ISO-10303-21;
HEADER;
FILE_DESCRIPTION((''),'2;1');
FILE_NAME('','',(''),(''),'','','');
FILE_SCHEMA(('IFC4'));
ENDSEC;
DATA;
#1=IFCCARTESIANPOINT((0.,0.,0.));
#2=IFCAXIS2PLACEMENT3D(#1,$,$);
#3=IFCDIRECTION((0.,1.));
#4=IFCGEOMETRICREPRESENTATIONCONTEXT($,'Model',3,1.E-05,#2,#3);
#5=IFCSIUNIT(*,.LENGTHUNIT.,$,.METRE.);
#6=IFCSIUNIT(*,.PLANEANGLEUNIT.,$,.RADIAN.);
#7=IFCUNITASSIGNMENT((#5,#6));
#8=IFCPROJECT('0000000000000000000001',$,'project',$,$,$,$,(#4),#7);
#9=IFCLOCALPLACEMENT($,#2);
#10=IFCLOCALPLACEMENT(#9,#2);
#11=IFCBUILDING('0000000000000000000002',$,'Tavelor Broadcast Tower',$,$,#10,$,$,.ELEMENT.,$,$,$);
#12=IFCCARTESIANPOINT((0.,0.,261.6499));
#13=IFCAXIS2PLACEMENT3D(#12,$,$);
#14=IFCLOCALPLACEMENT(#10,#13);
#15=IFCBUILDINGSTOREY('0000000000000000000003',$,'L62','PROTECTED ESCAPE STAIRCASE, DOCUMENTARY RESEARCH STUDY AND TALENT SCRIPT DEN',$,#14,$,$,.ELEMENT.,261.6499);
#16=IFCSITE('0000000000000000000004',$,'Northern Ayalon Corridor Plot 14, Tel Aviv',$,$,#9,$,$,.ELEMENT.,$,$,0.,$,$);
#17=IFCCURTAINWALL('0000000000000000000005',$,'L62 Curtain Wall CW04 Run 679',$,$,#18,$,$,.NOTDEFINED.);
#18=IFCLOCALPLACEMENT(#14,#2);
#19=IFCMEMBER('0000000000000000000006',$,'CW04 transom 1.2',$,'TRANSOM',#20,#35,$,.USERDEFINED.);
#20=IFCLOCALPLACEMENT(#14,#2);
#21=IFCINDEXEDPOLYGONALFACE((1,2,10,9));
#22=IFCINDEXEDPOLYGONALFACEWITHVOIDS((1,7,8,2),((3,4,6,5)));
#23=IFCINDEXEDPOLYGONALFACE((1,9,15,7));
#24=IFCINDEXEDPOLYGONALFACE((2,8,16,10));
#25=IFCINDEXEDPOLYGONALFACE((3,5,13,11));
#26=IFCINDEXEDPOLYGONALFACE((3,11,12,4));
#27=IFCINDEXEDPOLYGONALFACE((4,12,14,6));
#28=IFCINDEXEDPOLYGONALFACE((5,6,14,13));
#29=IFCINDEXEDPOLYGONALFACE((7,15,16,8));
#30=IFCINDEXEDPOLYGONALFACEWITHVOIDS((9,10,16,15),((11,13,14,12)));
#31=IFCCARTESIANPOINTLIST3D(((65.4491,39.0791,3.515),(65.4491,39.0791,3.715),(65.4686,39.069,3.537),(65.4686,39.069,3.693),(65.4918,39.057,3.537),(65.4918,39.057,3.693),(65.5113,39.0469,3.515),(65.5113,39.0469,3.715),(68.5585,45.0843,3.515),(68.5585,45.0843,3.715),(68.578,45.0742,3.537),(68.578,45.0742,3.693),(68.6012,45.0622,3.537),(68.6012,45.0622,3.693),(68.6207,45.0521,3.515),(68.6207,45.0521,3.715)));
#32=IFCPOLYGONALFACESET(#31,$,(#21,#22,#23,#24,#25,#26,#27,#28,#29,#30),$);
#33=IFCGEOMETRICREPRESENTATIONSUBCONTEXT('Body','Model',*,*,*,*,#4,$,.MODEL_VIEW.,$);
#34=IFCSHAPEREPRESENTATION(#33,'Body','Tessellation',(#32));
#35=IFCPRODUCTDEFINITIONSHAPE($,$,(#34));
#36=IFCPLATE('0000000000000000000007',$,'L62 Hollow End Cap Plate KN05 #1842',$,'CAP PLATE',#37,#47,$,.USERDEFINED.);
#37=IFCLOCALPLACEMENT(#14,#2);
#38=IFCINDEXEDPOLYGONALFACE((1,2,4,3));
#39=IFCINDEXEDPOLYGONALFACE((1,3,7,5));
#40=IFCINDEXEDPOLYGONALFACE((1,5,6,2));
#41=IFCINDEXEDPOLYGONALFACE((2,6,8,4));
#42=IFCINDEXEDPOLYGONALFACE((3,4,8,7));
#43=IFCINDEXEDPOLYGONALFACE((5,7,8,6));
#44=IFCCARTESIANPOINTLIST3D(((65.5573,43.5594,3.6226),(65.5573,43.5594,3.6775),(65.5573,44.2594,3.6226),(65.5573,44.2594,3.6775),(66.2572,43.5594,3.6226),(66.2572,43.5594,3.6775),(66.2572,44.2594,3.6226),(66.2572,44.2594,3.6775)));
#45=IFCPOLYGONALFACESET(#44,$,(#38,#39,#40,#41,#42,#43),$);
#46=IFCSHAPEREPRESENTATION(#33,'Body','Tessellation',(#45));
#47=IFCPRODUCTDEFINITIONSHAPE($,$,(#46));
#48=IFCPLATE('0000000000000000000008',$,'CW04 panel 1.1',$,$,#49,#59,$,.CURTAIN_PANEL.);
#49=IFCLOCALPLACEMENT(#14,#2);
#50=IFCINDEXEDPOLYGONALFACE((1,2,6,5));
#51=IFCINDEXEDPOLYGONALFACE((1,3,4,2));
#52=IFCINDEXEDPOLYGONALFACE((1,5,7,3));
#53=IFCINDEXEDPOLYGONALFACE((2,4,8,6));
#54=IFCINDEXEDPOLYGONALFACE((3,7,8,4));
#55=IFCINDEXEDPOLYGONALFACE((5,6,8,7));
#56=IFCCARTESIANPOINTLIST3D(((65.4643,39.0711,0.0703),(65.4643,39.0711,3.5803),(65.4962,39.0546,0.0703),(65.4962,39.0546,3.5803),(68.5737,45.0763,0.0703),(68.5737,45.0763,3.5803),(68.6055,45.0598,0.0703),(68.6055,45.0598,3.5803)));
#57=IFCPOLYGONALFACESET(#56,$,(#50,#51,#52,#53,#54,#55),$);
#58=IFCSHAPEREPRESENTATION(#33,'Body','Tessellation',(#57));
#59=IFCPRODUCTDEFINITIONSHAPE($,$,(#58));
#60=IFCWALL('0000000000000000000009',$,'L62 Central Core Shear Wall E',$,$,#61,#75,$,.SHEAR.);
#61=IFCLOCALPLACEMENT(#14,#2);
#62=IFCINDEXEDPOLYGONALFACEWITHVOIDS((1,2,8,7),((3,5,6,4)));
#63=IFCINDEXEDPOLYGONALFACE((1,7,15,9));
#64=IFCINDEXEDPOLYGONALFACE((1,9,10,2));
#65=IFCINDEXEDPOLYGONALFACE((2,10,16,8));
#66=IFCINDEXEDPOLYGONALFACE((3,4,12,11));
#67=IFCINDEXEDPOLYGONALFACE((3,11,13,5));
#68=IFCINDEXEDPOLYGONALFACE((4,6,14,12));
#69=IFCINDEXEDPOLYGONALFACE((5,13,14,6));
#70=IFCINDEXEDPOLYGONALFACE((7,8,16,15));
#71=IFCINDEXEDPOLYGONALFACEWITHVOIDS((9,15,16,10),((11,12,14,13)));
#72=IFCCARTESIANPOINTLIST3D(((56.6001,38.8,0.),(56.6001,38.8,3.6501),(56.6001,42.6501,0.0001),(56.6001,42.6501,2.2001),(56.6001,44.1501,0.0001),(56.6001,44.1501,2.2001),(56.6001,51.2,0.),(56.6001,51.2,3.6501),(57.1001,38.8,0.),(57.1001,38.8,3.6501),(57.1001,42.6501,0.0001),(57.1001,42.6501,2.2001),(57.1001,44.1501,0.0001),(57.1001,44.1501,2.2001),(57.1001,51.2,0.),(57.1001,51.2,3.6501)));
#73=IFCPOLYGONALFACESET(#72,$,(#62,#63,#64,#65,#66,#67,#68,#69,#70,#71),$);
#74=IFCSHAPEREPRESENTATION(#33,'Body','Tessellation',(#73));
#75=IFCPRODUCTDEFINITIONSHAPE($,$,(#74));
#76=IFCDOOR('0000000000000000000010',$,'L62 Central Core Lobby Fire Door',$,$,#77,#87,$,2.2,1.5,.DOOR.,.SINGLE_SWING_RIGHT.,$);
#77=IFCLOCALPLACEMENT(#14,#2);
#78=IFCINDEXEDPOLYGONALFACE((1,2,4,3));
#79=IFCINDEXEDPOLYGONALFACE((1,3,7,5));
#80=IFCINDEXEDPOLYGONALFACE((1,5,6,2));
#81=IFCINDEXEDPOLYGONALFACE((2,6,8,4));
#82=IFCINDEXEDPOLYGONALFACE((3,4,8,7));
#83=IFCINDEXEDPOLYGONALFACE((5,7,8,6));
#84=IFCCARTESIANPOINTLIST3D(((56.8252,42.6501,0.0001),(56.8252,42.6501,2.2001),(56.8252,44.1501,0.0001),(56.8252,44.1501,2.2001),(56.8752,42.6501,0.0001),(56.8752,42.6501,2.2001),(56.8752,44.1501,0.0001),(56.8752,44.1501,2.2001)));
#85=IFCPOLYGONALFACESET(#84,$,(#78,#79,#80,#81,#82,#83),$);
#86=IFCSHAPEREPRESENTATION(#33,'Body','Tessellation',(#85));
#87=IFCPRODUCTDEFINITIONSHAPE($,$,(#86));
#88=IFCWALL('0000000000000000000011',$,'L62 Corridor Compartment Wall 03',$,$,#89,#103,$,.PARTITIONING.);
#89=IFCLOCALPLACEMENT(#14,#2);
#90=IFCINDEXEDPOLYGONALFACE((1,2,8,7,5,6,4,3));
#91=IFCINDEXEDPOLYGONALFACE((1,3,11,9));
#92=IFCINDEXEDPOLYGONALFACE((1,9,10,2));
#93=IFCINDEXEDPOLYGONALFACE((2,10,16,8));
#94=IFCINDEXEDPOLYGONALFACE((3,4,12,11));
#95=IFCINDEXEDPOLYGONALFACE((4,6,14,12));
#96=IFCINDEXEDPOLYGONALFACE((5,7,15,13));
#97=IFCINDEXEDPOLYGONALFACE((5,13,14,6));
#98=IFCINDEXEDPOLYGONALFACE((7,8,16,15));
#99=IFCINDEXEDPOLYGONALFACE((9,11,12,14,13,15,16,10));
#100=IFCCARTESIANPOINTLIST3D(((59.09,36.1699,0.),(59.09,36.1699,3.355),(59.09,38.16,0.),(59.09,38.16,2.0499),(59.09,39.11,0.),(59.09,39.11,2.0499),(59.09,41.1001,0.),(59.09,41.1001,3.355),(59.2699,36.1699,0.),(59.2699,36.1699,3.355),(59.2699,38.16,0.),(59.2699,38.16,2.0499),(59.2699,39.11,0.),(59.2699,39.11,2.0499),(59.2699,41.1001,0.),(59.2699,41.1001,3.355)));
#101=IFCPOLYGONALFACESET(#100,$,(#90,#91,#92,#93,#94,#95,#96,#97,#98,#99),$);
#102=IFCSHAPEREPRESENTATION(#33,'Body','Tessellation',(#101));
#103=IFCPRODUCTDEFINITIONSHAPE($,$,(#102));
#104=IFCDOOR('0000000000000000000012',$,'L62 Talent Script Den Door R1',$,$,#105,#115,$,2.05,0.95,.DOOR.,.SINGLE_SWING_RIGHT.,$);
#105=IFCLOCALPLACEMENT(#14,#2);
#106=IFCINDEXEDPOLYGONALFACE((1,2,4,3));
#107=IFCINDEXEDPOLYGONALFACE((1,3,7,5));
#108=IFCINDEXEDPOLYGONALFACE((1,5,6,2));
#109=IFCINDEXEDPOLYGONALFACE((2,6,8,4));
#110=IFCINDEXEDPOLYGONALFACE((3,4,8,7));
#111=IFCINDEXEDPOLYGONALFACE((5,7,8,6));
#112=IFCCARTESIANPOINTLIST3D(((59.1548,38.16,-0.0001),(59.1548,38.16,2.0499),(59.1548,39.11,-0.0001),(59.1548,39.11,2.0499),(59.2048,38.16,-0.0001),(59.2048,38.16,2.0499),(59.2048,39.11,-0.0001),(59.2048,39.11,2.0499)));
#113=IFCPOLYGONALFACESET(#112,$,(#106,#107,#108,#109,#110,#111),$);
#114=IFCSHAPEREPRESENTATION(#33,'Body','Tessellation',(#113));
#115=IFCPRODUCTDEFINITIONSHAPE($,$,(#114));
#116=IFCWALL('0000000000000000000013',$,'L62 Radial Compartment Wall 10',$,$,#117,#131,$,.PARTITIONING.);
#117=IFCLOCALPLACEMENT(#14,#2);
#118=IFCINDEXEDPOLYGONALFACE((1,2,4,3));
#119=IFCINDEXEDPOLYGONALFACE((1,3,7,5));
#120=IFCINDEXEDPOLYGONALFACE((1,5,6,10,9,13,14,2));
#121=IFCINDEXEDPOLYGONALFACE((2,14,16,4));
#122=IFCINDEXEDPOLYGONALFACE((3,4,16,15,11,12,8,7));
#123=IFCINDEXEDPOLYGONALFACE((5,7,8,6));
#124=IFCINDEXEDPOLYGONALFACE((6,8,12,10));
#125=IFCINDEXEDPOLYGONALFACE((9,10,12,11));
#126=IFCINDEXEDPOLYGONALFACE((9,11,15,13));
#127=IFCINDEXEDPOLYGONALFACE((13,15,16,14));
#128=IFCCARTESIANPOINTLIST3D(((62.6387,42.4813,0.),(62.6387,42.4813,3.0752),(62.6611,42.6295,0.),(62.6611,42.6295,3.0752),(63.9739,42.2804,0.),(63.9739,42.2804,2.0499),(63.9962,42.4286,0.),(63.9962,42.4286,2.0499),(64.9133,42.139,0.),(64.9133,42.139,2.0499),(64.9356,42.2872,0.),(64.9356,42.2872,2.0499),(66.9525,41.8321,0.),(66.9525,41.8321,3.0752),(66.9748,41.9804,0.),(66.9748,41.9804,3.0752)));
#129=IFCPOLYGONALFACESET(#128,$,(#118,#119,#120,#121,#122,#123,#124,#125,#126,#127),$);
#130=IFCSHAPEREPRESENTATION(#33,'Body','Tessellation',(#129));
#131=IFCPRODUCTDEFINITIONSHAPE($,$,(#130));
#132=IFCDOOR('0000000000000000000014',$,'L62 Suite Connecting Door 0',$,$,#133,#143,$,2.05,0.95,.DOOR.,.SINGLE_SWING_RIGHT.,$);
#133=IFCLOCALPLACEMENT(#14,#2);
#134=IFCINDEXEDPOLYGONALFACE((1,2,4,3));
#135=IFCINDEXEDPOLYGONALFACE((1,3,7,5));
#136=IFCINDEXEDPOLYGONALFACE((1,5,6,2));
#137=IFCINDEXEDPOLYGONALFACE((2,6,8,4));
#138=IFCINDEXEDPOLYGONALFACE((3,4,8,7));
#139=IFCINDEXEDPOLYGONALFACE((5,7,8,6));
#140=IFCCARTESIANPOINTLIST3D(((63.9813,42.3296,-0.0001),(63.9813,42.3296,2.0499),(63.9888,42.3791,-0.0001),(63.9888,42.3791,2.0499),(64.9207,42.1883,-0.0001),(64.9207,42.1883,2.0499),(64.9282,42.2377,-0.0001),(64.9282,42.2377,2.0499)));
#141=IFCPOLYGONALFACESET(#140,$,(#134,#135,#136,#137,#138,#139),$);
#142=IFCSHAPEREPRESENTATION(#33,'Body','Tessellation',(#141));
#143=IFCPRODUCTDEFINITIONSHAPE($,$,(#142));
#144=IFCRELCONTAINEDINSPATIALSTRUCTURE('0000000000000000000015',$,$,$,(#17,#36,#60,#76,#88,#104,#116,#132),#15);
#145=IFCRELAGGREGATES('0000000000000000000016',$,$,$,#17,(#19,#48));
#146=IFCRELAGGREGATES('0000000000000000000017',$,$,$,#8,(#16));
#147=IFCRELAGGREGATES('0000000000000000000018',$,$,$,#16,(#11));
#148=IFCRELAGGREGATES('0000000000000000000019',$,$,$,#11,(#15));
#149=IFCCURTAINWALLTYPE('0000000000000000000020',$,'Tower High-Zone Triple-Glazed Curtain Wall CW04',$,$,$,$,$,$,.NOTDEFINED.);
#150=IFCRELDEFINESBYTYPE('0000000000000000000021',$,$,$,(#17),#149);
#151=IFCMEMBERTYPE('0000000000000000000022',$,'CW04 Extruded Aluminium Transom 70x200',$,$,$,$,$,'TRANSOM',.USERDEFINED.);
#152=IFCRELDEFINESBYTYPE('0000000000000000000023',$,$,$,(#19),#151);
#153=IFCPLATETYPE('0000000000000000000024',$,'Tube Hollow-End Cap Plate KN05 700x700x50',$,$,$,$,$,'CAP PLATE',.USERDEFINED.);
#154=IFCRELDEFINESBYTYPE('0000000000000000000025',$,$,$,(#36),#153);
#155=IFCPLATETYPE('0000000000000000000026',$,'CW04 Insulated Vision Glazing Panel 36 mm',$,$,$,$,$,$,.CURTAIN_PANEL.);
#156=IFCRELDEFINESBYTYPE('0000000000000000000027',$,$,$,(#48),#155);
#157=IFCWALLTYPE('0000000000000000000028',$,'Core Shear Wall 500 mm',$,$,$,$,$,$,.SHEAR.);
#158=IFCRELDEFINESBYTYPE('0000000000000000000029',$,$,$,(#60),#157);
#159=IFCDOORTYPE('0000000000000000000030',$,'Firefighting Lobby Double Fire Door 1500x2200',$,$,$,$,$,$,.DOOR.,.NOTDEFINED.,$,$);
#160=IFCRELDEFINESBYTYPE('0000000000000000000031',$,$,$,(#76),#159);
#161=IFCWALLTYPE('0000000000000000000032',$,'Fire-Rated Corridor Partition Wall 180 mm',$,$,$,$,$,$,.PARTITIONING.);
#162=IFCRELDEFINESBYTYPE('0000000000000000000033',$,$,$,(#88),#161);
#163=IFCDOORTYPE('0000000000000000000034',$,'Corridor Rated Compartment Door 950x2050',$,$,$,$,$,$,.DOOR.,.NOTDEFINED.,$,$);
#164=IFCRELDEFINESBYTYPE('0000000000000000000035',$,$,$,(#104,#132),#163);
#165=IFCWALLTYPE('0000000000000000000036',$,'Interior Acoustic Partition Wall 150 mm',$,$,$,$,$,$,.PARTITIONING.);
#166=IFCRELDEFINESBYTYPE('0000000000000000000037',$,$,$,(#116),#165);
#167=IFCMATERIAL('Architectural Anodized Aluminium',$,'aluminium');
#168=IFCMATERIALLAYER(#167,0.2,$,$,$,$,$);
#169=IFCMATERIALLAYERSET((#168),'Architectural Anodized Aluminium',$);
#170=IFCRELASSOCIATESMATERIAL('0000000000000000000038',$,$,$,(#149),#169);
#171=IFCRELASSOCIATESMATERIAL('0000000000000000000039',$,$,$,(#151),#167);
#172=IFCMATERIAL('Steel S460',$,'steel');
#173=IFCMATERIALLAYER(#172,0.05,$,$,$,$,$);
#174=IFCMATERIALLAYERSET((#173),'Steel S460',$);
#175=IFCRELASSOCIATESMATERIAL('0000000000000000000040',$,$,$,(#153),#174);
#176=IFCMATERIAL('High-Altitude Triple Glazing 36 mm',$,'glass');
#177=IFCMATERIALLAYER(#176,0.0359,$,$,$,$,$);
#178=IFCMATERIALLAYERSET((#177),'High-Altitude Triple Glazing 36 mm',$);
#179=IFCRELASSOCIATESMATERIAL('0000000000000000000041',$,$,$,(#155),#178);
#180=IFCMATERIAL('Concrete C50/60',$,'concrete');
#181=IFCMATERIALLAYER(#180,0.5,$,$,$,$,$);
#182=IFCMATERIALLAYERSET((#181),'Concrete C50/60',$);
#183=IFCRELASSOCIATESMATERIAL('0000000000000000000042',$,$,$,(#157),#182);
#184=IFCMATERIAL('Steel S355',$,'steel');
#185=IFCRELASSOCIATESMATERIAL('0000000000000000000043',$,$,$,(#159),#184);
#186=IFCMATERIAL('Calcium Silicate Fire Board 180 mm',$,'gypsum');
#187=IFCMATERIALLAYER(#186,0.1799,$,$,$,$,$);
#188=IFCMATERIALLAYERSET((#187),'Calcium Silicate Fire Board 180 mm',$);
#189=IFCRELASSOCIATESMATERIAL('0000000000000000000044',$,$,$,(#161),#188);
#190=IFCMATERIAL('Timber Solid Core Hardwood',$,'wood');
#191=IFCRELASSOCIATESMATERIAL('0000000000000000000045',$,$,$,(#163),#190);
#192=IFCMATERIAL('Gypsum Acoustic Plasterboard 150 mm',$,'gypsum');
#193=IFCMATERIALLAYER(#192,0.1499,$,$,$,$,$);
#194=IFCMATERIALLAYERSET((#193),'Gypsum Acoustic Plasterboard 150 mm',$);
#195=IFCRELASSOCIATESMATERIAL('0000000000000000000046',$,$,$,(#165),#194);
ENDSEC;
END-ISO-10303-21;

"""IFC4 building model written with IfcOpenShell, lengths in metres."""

from ifc_helpers import new_model, si_unit, direction, frame, frame_2d, origin, origin_2d, place, context, subcontext, project, spatial, rectangle, hollow_rectangle, extrude, source, transform, mapped, material, layer, layer_set, material_profile, profile_set, type_object, type_shapes, element, fill, aggregate, save


model = new_model("IFC4")

# Units and contexts
model_context = context("Model", 3, precision=1e-05, world=origin(), true_north=direction((0.0, 1.0)))
body_context = subcontext(model_context, "Body", "Model", "MODEL_VIEW")
ifc_project = project(units=[si_unit("LENGTHUNIT", "METRE"), si_unit("PLANEANGLEUNIT", "RADIAN")], contexts=[model_context])

# Site, building, storey
site_placement = place(None, origin())
site = spatial("IfcSite", under=ifc_project, at=site_placement, Name="Northern Ayalon Corridor Plot 14, Tel Aviv", CompositionType="ELEMENT", RefElevation=0.0)
building_placement = place(site_placement, origin())
building = spatial("IfcBuilding", under=site, at=building_placement, Name="Tavelor Broadcast Tower", CompositionType="ELEMENT")
storey_placement = place(building_placement, frame((0.0, 0.0, 261.6499)))
storey = spatial("IfcBuildingStorey", under=building, at=storey_placement, Name="L62", Description="PROTECTED ESCAPE STAIRCASE, DOCUMENTARY RESEARCH STUDY AND TALENT SCRIPT DEN", CompositionType="ELEMENT", Elevation=261.6499)

# Shared definitions
ifc_material_1 = material(Name="Concrete C50/60", Category="concrete")
ifc_material_2 = material(Name="Steel S460", Category="steel")

# Shared definitions
ifc_material_3 = material(Name="Steel S355", Category="steel")

# Shared definitions
ifc_material_4 = material(Name="Architectural Anodized Aluminium", Category="aluminium")
ifc_layer_1 = layer(ifc_material_4, 0.2)
ifc_layer_set_1 = layer_set([ifc_layer_1], Name="Architectural Anodized Aluminium")
curtain_wall_type = type_object("IfcCurtainWallType", Name="Tower High-Zone Triple-Glazed Curtain Wall CW04", PredefinedType="NOTDEFINED", material=ifc_layer_set_1)

# Curtain wall, member
curtain_wall_1_placement = place(storey_placement, origin())
curtain_wall_1 = element("IfcCurtainWall", 1, at=curtain_wall_1_placement, inside=storey, type_object=curtain_wall_type, Name="L62 Curtain Wall CW04 Run 679", PredefinedType="NOTDEFINED")
ifc_material_profile_1 = material_profile(ifc_material_4, hollow_rectangle(XDim=0.0701, YDim=0.2, WallThickness=0.022, at=origin_2d()), Name="RHS 70x200x22")
ifc_profile_set_1 = profile_set([ifc_material_profile_1], Name="Architectural Anodized Aluminium")
member_type_1 = type_object("IfcMemberType", Name="CW04 Extruded Aluminium Transom 70x200", ElementType="TRANSOM", PredefinedType="USERDEFINED", material=ifc_profile_set_1)
shared_shape_1 = source(origin(), body_context, "Body", "SweptSolid", [
    extrude(hollow_rectangle(XDim=0.0701, YDim=0.2, WallThickness=0.022, at=origin_2d()), origin(), (0.0, 0.0, 1.0), 6.7625),
])
type_shapes(member_type_1, [shared_shape_1])
member_1_placement = place(storey_placement, frame((65.4802, 39.063, 3.615), z_axis=(0.459805, 0.88802, 0.0), x_axis=(-0.88802, 0.459805, 0.0)))
member_1 = element("IfcMember", 2, at=member_1_placement, type_object=member_type_1, Name="CW04 transom 1.2", ObjectType="TRANSOM", PredefinedType="USERDEFINED", context=body_context, shape_type="MappedRepresentation", body=[
    mapped(shared_shape_1, transform((0.0, 0.0, 0.0), scale=1.0)),
])

# Plates
ifc_layer_2 = layer(ifc_material_2, 0.05)
ifc_layer_set_2 = layer_set([ifc_layer_2], Name="Steel S460")
plate_type_1 = type_object("IfcPlateType", Name="Tube Hollow-End Cap Plate KN05 700x700x50", ElementType="CAP PLATE", PredefinedType="USERDEFINED", material=ifc_layer_set_2)
shared_shape_2 = source(origin(), body_context, "Body", "SweptSolid", [
    extrude(rectangle(XDim=0.7, YDim=0.7, at=origin_2d()), origin(), (0.0, 0.0, 1.0), 0.0549),
])
type_shapes(plate_type_1, [shared_shape_2])
plate_1_placement = place(storey_placement, frame((65.9072, 43.9094, 3.6226), z_axis=(0.0, 0.0, 1.0), x_axis=(1.0, 0.0, 0.0)))
element("IfcPlate", 3, at=plate_1_placement, inside=storey, type_object=plate_type_1, Name="L62 Hollow End Cap Plate KN05 #1842", ObjectType="CAP PLATE", PredefinedType="USERDEFINED", context=body_context, shape_type="MappedRepresentation", body=[
    mapped(shared_shape_2, transform((0.0, 0.0, 0.0), scale=1.0)),
])
ifc_material_5 = material(Name="High-Altitude Triple Glazing 36 mm", Category="glass")
ifc_layer_3 = layer(ifc_material_5, 0.0359)
ifc_layer_set_3 = layer_set([ifc_layer_3], Name="High-Altitude Triple Glazing 36 mm")
plate_type_2 = type_object("IfcPlateType", Name="CW04 Insulated Vision Glazing Panel 36 mm", PredefinedType="CURTAIN_PANEL", material=ifc_layer_set_3)
shared_shape_3 = source(origin(), body_context, "Body", "SweptSolid", [
    extrude(rectangle(XDim=6.7625, YDim=0.0359, at=origin_2d()), origin(), (0.0, 0.0, 1.0), 3.51),
])
type_shapes(plate_type_2, [shared_shape_3])
plate_2_placement = place(storey_placement, frame((67.0349, 42.0654, 0.0703), z_axis=(0.0, 0.0, 1.0), x_axis=(0.459797, 0.888024, 0.0)))
plate_2 = element("IfcPlate", 4, at=plate_2_placement, type_object=plate_type_2, Name="CW04 panel 1.1", PredefinedType="CURTAIN_PANEL", context=body_context, shape_type="MappedRepresentation", body=[
    mapped(shared_shape_3, transform((0.0, 0.0, 0.0), scale=1.0)),
])
aggregate(curtain_wall_1, [member_1, plate_2])

# Walls, openings, doors
ifc_layer_4 = layer(ifc_material_1, 0.5)
ifc_layer_set_4 = layer_set([ifc_layer_4], Name="Concrete C50/60")
wall_type_1 = type_object("IfcWallType", Name="Core Shear Wall 500 mm", PredefinedType="SHEAR", material=ifc_layer_set_4)
wall_1_placement = place(storey_placement, frame((56.8501, 38.8, 0.0), z_axis=(0.0, 0.0, 1.0), x_axis=(0.0, 1.0, 0.0)))
wall_1 = element("IfcWall", 5, at=wall_1_placement, inside=storey, type_object=wall_type_1, Name="L62 Central Core Shear Wall E", PredefinedType="SHEAR", context=body_context, shape_type="SweptSolid", body=[
    extrude(rectangle(XDim=12.3999, YDim=0.5, at=frame_2d((6.2, 0.0))), origin(), (0.0, 0.0, 1.0), 3.6501),
])
opening_1_placement = place(wall_1_placement, frame((3.8501, 0.0, 0.0)))
opening_1 = element("IfcOpeningElement", 6, at=opening_1_placement, cuts=wall_1, PredefinedType="OPENING", context=body_context, shape_type="SweptSolid", body=[
    extrude(rectangle(XDim=1.5, YDim=2.2, at=frame_2d((0.75, 1.1001))), frame((0.0, 0.26, 0.0), z_axis=(0.0, -1.0, 0.0), x_axis=(1.0, 0.0, 0.0)), (0.0, 0.0, 1.0), 0.52),
])
door_type_1 = type_object("IfcDoorType", Name="Firefighting Lobby Double Fire Door 1500x2200", OperationType="NOTDEFINED", PredefinedType="DOOR", material=ifc_material_3)
door_1_placement = place(opening_1_placement, origin())
door_1 = element("IfcDoor", 7, at=door_1_placement, inside=storey, type_object=door_type_1, Name="L62 Central Core Lobby Fire Door", OperationType="SINGLE_SWING_RIGHT", OverallHeight=2.2, OverallWidth=1.5, PredefinedType="DOOR", context=body_context, shape_type="SweptSolid", body=[
    extrude(rectangle(XDim=1.5, YDim=2.2, at=frame_2d((0.75, 1.1001))), frame((0.0, 0.0249, 0.0), z_axis=(0.0, -1.0, 0.0), x_axis=(1.0, 0.0, 0.0)), (0.0, 0.0, 1.0), 0.05),
])
fill(opening_1, door_1)
ifc_material_6 = material(Name="Calcium Silicate Fire Board 180 mm", Category="gypsum")
ifc_layer_5 = layer(ifc_material_6, 0.1799)
ifc_layer_set_5 = layer_set([ifc_layer_5], Name="Calcium Silicate Fire Board 180 mm")
wall_type_2 = type_object("IfcWallType", Name="Fire-Rated Corridor Partition Wall 180 mm", PredefinedType="PARTITIONING", material=ifc_layer_set_5)
wall_2_placement = place(storey_placement, frame((59.1799, 41.1001, 0.0), z_axis=(0.0, 0.0, 1.0), x_axis=(0.0, -1.0, 0.0)))
wall_2 = element("IfcWall", 8, at=wall_2_placement, inside=storey, type_object=wall_type_2, Name="L62 Corridor Compartment Wall 03", PredefinedType="PARTITIONING", context=body_context, shape_type="SweptSolid", body=[
    extrude(rectangle(XDim=4.9302, YDim=0.1799, at=frame_2d((2.4651, 0.0))), origin(), (0.0, 0.0, 1.0), 3.355),
])
opening_2_placement = place(wall_2_placement, frame((1.99, 0.0, 0.0)))
opening_2 = element("IfcOpeningElement", 9, at=opening_2_placement, cuts=wall_2, PredefinedType="OPENING", context=body_context, shape_type="SweptSolid", body=[
    extrude(rectangle(XDim=0.95, YDim=2.05, at=frame_2d((0.4751, 1.0249))), frame((0.0, 0.1001, 0.0), z_axis=(0.0, -1.0, 0.0), x_axis=(1.0, 0.0, 0.0)), (0.0, 0.0, 1.0), 0.2),
])
ifc_material_7 = material(Name="Timber Solid Core Hardwood", Category="wood")
door_type_2 = type_object("IfcDoorType", Name="Corridor Rated Compartment Door 950x2050", OperationType="NOTDEFINED", PredefinedType="DOOR", material=ifc_material_7)
door_2_placement = place(opening_2_placement, origin())
door_2 = element("IfcDoor", 10, at=door_2_placement, inside=storey, type_object=door_type_2, Name="L62 Talent Script Den Door R1", OperationType="SINGLE_SWING_RIGHT", OverallHeight=2.05, OverallWidth=0.95, PredefinedType="DOOR", context=body_context, shape_type="SweptSolid", body=[
    extrude(rectangle(XDim=0.95, YDim=2.05, at=frame_2d((0.4751, 1.0249))), frame((0.0, 0.0249, 0.0), z_axis=(0.0, -1.0, 0.0), x_axis=(1.0, 0.0, 0.0)), (0.0, 0.0, 1.0), 0.05),
])
fill(opening_2, door_2)
ifc_material_8 = material(Name="Gypsum Acoustic Plasterboard 150 mm", Category="gypsum")
ifc_layer_6 = layer(ifc_material_8, 0.1499)
ifc_layer_set_6 = layer_set([ifc_layer_6], Name="Gypsum Acoustic Plasterboard 150 mm")
wall_type_3 = type_object("IfcWallType", Name="Interior Acoustic Partition Wall 150 mm", PredefinedType="PARTITIONING", material=ifc_layer_set_6)
wall_3_placement = place(storey_placement, frame((62.6499, 42.5554, 0.0), z_axis=(0.0, 0.0, 1.0), x_axis=(0.988865, -0.148814, 0.0)))
wall_3 = element("IfcWall", 11, at=wall_3_placement, inside=storey, type_object=wall_type_3, Name="L62 Radial Compartment Wall 10", PredefinedType="PARTITIONING", context=body_context, shape_type="SweptSolid", body=[
    extrude(rectangle(XDim=4.3623, YDim=0.1499, at=frame_2d((2.1812, 0.0))), origin(), (0.0, 0.0, 1.0), 3.0752),
])
opening_3_placement = place(wall_3_placement, frame((1.3501, 0.0, 0.0)))
opening_3 = element("IfcOpeningElement", 12, at=opening_3_placement, cuts=wall_3, PredefinedType="OPENING", context=body_context, shape_type="SweptSolid", body=[
    extrude(rectangle(XDim=0.95, YDim=2.05, at=frame_2d((0.4751, 1.0249))), frame((0.0, 0.085, 0.0), z_axis=(0.0, -1.0, 0.0), x_axis=(1.0, 0.0, 0.0)), (0.0, 0.0, 1.0), 0.1699),
])
door_3_placement = place(opening_3_placement, origin())
door_3 = element("IfcDoor", 13, at=door_3_placement, inside=storey, type_object=door_type_2, Name="L62 Suite Connecting Door 0", OperationType="SINGLE_SWING_RIGHT", OverallHeight=2.05, OverallWidth=0.95, PredefinedType="DOOR", context=body_context, shape_type="SweptSolid", body=[
    extrude(rectangle(XDim=0.95, YDim=2.05, at=frame_2d((0.4751, 1.0249))), frame((0.0, 0.0249, 0.0), z_axis=(0.0, -1.0, 0.0), x_axis=(1.0, 0.0, 0.0)), (0.0, 0.0, 1.0), 0.05),
])
fill(opening_3, door_3)

save(model, "model.ifc")
